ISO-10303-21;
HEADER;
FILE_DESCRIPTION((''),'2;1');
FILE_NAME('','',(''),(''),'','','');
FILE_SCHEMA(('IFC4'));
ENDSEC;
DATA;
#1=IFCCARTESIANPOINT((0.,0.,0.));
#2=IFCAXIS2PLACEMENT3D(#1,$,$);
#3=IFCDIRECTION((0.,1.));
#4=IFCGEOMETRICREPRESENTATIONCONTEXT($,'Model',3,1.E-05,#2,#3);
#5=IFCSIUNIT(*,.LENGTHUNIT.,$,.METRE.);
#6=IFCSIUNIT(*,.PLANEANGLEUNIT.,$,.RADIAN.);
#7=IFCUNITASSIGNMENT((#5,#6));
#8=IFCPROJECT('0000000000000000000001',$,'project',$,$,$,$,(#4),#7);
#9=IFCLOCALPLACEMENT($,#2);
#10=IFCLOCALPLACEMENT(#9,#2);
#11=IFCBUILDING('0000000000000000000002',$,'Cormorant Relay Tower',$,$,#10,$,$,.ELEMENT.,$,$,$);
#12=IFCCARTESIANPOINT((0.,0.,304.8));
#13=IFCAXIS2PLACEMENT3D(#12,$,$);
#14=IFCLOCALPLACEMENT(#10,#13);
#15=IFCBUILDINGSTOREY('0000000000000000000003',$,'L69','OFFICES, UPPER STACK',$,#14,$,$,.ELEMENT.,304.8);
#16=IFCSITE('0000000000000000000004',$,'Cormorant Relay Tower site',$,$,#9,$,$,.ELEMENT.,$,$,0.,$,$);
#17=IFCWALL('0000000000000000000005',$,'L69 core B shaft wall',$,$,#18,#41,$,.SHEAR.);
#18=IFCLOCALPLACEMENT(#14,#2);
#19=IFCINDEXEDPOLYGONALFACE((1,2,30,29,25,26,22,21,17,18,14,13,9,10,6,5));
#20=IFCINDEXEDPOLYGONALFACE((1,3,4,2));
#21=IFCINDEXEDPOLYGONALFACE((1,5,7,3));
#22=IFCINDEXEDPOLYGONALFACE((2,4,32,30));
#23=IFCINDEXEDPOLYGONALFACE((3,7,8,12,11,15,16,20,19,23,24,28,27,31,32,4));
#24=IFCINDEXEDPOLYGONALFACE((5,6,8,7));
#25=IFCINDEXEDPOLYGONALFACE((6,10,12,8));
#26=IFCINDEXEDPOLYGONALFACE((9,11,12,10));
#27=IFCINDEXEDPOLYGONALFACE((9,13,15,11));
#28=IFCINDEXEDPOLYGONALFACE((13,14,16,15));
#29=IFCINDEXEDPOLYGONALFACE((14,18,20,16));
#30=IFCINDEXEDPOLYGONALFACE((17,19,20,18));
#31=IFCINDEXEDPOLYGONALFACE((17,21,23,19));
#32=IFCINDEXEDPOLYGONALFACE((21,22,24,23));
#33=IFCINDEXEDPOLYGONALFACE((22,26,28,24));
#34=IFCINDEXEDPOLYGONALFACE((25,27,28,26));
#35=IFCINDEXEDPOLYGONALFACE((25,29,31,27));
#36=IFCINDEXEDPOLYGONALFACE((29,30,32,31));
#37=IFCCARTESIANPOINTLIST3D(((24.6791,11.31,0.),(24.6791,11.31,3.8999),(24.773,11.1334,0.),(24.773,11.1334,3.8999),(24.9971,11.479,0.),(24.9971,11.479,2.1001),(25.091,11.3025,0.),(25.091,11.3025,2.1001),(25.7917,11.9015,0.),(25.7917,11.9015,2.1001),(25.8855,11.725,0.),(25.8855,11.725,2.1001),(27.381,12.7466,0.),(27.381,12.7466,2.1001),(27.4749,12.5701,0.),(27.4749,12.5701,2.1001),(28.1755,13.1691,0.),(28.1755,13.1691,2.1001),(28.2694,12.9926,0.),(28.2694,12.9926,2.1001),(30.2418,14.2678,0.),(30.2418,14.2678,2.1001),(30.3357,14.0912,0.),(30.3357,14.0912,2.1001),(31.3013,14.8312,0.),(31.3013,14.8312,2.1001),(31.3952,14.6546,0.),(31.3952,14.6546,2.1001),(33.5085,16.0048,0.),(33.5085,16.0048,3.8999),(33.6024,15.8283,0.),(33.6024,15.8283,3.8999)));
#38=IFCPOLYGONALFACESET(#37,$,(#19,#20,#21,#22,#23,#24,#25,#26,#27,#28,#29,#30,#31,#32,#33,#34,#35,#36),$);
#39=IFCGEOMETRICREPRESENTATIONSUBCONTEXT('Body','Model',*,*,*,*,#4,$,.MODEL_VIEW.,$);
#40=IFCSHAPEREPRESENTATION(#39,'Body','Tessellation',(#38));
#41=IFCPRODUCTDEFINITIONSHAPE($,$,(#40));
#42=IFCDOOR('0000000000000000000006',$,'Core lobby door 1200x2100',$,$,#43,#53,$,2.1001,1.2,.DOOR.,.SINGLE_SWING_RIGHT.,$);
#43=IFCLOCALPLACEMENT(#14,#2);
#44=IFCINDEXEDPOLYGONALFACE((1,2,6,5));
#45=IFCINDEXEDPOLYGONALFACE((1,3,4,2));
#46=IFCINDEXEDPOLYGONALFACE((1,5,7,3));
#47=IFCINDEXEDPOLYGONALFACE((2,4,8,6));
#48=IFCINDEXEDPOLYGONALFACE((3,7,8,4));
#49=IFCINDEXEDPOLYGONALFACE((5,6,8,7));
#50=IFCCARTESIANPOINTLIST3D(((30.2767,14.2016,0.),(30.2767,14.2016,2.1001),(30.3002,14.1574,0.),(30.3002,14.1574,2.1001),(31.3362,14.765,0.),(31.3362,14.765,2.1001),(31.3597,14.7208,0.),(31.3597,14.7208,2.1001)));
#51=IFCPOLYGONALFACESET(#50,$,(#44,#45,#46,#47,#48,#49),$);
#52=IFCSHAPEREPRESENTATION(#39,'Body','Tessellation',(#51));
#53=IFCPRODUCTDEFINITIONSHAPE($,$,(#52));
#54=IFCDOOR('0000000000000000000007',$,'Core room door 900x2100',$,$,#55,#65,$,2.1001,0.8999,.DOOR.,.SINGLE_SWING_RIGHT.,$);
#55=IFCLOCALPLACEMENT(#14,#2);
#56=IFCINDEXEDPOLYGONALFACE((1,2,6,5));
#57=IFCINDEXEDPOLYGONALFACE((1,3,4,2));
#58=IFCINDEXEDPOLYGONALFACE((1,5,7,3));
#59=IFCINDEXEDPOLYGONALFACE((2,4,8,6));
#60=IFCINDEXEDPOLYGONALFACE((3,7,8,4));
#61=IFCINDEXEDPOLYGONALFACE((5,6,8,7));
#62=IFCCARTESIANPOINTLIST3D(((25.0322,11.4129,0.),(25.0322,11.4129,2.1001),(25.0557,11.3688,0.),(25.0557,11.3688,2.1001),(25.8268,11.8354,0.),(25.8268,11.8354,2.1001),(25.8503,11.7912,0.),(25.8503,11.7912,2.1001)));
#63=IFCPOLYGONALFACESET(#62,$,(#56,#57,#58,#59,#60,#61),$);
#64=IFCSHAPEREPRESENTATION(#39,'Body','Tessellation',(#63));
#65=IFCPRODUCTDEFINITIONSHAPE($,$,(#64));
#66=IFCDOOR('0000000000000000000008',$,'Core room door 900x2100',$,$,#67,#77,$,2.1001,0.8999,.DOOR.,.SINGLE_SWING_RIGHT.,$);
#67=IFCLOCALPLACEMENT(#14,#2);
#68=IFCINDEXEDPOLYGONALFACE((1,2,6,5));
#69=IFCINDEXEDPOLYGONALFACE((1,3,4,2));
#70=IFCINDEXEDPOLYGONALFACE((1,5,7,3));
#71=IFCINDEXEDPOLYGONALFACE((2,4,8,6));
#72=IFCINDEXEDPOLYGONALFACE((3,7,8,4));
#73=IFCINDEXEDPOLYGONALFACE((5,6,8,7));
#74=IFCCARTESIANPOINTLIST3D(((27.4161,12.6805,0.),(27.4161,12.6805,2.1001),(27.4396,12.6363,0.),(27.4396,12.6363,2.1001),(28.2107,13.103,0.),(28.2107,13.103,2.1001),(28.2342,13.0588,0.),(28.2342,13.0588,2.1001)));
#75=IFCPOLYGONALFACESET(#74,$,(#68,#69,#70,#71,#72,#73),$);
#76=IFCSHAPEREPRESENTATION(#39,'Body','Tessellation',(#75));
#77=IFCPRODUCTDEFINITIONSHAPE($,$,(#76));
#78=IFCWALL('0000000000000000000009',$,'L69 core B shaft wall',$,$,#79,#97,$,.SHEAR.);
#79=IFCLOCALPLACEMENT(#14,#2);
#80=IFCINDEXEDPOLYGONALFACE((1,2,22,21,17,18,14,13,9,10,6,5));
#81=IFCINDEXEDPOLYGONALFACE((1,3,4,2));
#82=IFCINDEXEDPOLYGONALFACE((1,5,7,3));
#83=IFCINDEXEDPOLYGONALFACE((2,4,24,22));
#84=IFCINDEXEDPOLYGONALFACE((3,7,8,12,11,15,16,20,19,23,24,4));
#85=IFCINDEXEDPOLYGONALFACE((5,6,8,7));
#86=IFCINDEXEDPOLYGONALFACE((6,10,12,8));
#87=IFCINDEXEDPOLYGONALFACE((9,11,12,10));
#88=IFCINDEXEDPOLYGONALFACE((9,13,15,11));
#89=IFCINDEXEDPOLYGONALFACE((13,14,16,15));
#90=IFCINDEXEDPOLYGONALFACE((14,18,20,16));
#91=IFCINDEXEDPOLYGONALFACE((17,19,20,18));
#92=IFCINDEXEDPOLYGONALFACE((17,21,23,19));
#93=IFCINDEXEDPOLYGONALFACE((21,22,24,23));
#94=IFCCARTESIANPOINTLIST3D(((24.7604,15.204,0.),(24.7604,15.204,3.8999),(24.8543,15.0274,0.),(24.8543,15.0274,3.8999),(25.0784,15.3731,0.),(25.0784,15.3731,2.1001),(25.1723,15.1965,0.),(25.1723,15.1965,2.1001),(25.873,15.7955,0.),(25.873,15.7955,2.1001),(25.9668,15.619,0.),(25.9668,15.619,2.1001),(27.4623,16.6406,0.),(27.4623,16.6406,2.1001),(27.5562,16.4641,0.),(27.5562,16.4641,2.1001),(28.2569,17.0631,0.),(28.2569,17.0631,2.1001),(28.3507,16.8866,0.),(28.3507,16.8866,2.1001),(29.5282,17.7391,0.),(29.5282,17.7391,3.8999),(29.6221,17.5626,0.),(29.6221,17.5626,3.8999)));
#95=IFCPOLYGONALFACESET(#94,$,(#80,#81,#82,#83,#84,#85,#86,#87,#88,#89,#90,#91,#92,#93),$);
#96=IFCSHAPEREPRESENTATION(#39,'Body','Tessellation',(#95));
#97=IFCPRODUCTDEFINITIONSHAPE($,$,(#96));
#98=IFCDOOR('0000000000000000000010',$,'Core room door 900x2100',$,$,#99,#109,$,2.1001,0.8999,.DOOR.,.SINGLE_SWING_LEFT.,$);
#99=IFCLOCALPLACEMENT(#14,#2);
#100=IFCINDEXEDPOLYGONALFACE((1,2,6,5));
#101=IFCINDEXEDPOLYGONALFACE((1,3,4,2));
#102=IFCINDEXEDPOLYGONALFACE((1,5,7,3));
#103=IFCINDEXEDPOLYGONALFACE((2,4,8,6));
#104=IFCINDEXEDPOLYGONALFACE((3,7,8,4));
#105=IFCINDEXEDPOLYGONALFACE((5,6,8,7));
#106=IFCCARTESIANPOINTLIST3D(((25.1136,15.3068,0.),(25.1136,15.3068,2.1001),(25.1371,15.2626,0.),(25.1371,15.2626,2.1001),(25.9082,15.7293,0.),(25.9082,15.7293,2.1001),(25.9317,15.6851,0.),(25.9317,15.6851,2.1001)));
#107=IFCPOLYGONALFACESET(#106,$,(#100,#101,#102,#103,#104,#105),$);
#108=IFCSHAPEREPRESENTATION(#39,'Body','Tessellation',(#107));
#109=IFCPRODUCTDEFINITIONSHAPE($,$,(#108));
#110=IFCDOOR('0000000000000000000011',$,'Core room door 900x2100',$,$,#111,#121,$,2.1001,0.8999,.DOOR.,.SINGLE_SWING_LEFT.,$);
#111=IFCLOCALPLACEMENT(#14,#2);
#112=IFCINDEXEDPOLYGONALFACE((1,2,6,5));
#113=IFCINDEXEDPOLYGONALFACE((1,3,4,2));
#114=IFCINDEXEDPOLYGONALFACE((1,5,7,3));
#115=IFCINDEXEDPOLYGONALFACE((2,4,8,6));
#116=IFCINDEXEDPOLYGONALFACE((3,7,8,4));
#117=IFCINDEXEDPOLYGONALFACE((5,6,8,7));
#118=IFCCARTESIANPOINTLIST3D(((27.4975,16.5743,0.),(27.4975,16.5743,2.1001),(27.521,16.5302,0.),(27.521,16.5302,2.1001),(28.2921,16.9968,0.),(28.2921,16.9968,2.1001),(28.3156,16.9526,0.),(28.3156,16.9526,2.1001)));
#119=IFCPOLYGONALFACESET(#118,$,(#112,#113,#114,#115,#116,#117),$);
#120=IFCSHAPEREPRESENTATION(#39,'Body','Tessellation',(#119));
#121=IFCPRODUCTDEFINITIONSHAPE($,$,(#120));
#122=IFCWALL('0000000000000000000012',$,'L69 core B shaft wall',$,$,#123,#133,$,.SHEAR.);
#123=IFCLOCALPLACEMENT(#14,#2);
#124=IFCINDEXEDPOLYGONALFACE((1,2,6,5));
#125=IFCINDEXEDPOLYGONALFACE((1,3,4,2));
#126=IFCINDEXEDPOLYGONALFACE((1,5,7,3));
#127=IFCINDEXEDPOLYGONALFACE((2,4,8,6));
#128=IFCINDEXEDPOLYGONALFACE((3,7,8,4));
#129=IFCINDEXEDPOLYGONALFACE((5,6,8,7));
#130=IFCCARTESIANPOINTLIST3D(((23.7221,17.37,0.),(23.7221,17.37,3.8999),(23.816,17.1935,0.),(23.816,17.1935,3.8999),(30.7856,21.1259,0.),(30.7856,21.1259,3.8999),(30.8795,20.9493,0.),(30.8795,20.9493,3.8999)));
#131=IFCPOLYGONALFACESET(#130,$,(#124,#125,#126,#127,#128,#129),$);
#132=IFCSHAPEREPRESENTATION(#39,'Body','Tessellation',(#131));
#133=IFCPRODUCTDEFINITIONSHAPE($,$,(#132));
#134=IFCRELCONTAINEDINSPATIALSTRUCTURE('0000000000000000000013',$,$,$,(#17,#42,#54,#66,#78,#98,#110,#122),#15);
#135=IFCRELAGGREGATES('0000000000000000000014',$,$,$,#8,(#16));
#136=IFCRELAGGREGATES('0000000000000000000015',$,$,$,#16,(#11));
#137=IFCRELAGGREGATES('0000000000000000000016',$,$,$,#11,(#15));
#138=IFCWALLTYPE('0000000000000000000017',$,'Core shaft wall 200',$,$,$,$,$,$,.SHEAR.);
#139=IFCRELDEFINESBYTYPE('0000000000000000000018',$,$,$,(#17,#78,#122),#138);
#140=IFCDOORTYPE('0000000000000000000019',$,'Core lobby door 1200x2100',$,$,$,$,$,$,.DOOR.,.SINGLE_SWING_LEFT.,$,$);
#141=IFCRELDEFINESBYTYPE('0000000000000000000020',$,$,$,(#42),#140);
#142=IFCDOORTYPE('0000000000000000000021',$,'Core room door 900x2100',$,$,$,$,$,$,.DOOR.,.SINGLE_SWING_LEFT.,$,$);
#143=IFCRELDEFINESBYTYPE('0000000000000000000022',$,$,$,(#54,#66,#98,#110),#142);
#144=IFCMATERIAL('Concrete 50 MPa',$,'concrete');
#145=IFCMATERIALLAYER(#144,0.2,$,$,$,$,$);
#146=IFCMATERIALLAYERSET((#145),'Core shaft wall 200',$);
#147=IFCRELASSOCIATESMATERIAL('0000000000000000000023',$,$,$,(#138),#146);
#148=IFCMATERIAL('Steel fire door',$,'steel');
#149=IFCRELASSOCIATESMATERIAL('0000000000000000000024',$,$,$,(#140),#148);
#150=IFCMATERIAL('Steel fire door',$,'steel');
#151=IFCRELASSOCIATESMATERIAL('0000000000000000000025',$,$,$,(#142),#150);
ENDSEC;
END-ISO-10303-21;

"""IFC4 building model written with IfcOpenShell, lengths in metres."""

from ifc_helpers import new_model, si_unit, direction, frame, frame_2d, origin, place, context, subcontext, project, spatial, rectangle, extrude, material, layer, layer_set, type_object, element, fill, save


model = new_model("IFC4")

# Units and contexts
model_context = context("Model", 3, precision=1e-05, world=origin(), true_north=direction((0.0, 1.0)))
body_context = subcontext(model_context, "Body", "Model", "MODEL_VIEW")
ifc_project = project(units=[si_unit("LENGTHUNIT", "METRE"), si_unit("PLANEANGLEUNIT", "RADIAN")], contexts=[model_context])

# Site, building, storey
site_placement = place(None, origin())
site = spatial("IfcSite", under=ifc_project, at=site_placement, Name="Cormorant Relay Tower site", CompositionType="ELEMENT", RefElevation=0.0)
building_placement = place(site_placement, origin())
building = spatial("IfcBuilding", under=site, at=building_placement, Name="Cormorant Relay Tower", CompositionType="ELEMENT")
storey_placement = place(building_placement, frame((0.0, 0.0, 304.8)))
storey = spatial("IfcBuildingStorey", under=building, at=storey_placement, Name="L69", Description="OFFICES, UPPER STACK", CompositionType="ELEMENT", Elevation=304.8)

# Shared definitions
ifc_material_1 = material(Name="Concrete 50 MPa", Category="concrete")
ifc_layer_1 = layer(ifc_material_1, 0.2)
ifc_layer_set_1 = layer_set([ifc_layer_1], Name="Core shaft wall 200")
wall_type_1 = type_object("IfcWallType", Name="Core shaft wall 200", PredefinedType="SHEAR", material=ifc_layer_set_1)

# Walls, openings, doors
wall_1_placement = place(storey_placement, frame((24.7261, 11.2217, 0.0), z_axis=(0.0, 0.0, 1.0), x_axis=(0.88294, 0.469485, 0.0)))
wall_1 = element("IfcWall", 1, at=wall_1_placement, inside=storey, type_object=wall_type_1, Name="L69 core B shaft wall", PredefinedType="SHEAR", context=body_context, shape_type="SweptSolid", body=[
    extrude(rectangle(XDim=10.0, YDim=0.2, at=frame_2d((5.0, 0.0))), origin(), (0.0, 0.0, 1.0), 3.8999),
])
opening_1_placement = place(wall_1_placement, frame((6.3, 0.0, 0.0)))
opening_1 = element("IfcOpeningElement", 2, at=opening_1_placement, cuts=wall_1, PredefinedType="OPENING", context=body_context, shape_type="SweptSolid", body=[
    extrude(rectangle(XDim=1.2, YDim=2.1001, at=frame_2d((0.6001, 1.05))), frame((0.0, 0.1099, 0.0), z_axis=(0.0, -1.0, 0.0), x_axis=(1.0, 0.0, 0.0)), (0.0, 0.0, 1.0), 0.22),
])
opening_2_placement = place(wall_1_placement, frame((0.3601, 0.0, 0.0)))
opening_2 = element("IfcOpeningElement", 3, at=opening_2_placement, cuts=wall_1, PredefinedType="OPENING", context=body_context, shape_type="SweptSolid", body=[
    extrude(rectangle(XDim=0.8999, YDim=2.1001, at=frame_2d((0.45, 1.05))), frame((0.0, 0.1099, 0.0), z_axis=(0.0, -1.0, 0.0), x_axis=(1.0, 0.0, 0.0)), (0.0, 0.0, 1.0), 0.22),
])
opening_3_placement = place(wall_1_placement, frame((3.0601, 0.0, 0.0)))
opening_3 = element("IfcOpeningElement", 4, at=opening_3_placement, cuts=wall_1, PredefinedType="OPENING", context=body_context, shape_type="SweptSolid", body=[
    extrude(rectangle(XDim=0.8999, YDim=2.1001, at=frame_2d((0.45, 1.05))), frame((0.0, 0.1099, 0.0), z_axis=(0.0, -1.0, 0.0), x_axis=(1.0, 0.0, 0.0)), (0.0, 0.0, 1.0), 0.22),
])
ifc_material_2 = material(Name="Steel fire door", Category="steel")
door_type_1 = type_object("IfcDoorType", Name="Core lobby door 1200x2100", OperationType="SINGLE_SWING_LEFT", PredefinedType="DOOR", material=ifc_material_2)
door_1_placement = place(opening_1_placement, frame((1.2, 0.0, 0.0), z_axis=(0.0, 0.0, 1.0), x_axis=(-1.0, 0.0, 0.0)))
door_1 = element("IfcDoor", 5, at=door_1_placement, inside=storey, type_object=door_type_1, Name="Core lobby door 1200x2100", OperationType="SINGLE_SWING_RIGHT", OverallHeight=2.1001, OverallWidth=1.2, PredefinedType="DOOR", context=body_context, shape_type="SweptSolid", body=[
    extrude(rectangle(XDim=1.2, YDim=2.1001, at=frame_2d((0.6001, 1.05))), frame((0.0, 0.0249, 0.0), z_axis=(0.0, -1.0, 0.0), x_axis=(1.0, 0.0, 0.0)), (0.0, 0.0, 1.0), 0.05),
])
fill(opening_1, door_1)
ifc_material_3 = material(Name="Steel fire door", Category="steel")
door_type_2 = type_object("IfcDoorType", Name="Core room door 900x2100", OperationType="SINGLE_SWING_LEFT", PredefinedType="DOOR", material=ifc_material_3)
door_2_placement = place(opening_2_placement, frame((0.8999, 0.0, 0.0), z_axis=(0.0, 0.0, 1.0), x_axis=(-1.0, 0.0, 0.0)))
door_2 = element("IfcDoor", 6, at=door_2_placement, inside=storey, type_object=door_type_2, Name="Core room door 900x2100", OperationType="SINGLE_SWING_RIGHT", OverallHeight=2.1001, OverallWidth=0.8999, PredefinedType="DOOR", context=body_context, shape_type="SweptSolid", body=[
    extrude(rectangle(XDim=0.8999, YDim=2.1001, at=frame_2d((0.45, 1.05))), frame((0.0, 0.0249, 0.0), z_axis=(0.0, -1.0, 0.0), x_axis=(1.0, 0.0, 0.0)), (0.0, 0.0, 1.0), 0.05),
])
fill(opening_2, door_2)
door_3_placement = place(opening_3_placement, frame((0.8999, 0.0, 0.0), z_axis=(0.0, 0.0, 1.0), x_axis=(-1.0, 0.0, 0.0)))
door_3 = element("IfcDoor", 7, at=door_3_placement, inside=storey, type_object=door_type_2, Name="Core room door 900x2100", OperationType="SINGLE_SWING_RIGHT", OverallHeight=2.1001, OverallWidth=0.8999, PredefinedType="DOOR", context=body_context, shape_type="SweptSolid", body=[
    extrude(rectangle(XDim=0.8999, YDim=2.1001, at=frame_2d((0.45, 1.05))), frame((0.0, 0.0249, 0.0), z_axis=(0.0, -1.0, 0.0), x_axis=(1.0, 0.0, 0.0)), (0.0, 0.0, 1.0), 0.05),
])
fill(opening_3, door_3)
wall_2_placement = place(storey_placement, frame((24.8074, 15.1157, 0.0), z_axis=(0.0, 0.0, 1.0), x_axis=(0.882943, 0.46948, 0.0)))
wall_2 = element("IfcWall", 8, at=wall_2_placement, inside=storey, type_object=wall_type_1, Name="L69 core B shaft wall", PredefinedType="SHEAR", context=body_context, shape_type="SweptSolid", body=[
    extrude(rectangle(XDim=5.3999, YDim=0.2, at=frame_2d((2.7, 0.0))), origin(), (0.0, 0.0, 1.0), 3.8999),
])
opening_4_placement = place(wall_2_placement, frame((0.3601, 0.0, 0.0)))
opening_4 = element("IfcOpeningElement", 9, at=opening_4_placement, cuts=wall_2, PredefinedType="OPENING", context=body_context, shape_type="SweptSolid", body=[
    extrude(rectangle(XDim=0.8999, YDim=2.1001, at=frame_2d((0.45, 1.05))), frame((0.0, 0.1099, 0.0), z_axis=(0.0, -1.0, 0.0), x_axis=(1.0, 0.0, 0.0)), (0.0, 0.0, 1.0), 0.22),
])
opening_5_placement = place(wall_2_placement, frame((3.0601, 0.0, 0.0)))
opening_5 = element("IfcOpeningElement", 10, at=opening_5_placement, cuts=wall_2, PredefinedType="OPENING", context=body_context, shape_type="SweptSolid", body=[
    extrude(rectangle(XDim=0.8999, YDim=2.1001, at=frame_2d((0.45, 1.05))), frame((0.0, 0.1099, 0.0), z_axis=(0.0, -1.0, 0.0), x_axis=(1.0, 0.0, 0.0)), (0.0, 0.0, 1.0), 0.22),
])
door_4_placement = place(opening_4_placement, origin())
door_4 = element("IfcDoor", 11, at=door_4_placement, inside=storey, type_object=door_type_2, Name="Core room door 900x2100", OperationType="SINGLE_SWING_LEFT", OverallHeight=2.1001, OverallWidth=0.8999, PredefinedType="DOOR", context=body_context, shape_type="SweptSolid", body=[
    extrude(rectangle(XDim=0.8999, YDim=2.1001, at=frame_2d((0.45, 1.05))), frame((0.0, 0.0249, 0.0), z_axis=(0.0, -1.0, 0.0), x_axis=(1.0, 0.0, 0.0)), (0.0, 0.0, 1.0), 0.05),
])
fill(opening_4, door_4)
door_5_placement = place(opening_5_placement, origin())
door_5 = element("IfcDoor", 12, at=door_5_placement, inside=storey, type_object=door_type_2, Name="Core room door 900x2100", OperationType="SINGLE_SWING_LEFT", OverallHeight=2.1001, OverallWidth=0.8999, PredefinedType="DOOR", context=body_context, shape_type="SweptSolid", body=[
    extrude(rectangle(XDim=0.8999, YDim=2.1001, at=frame_2d((0.45, 1.05))), frame((0.0, 0.0249, 0.0), z_axis=(0.0, -1.0, 0.0), x_axis=(1.0, 0.0, 0.0)), (0.0, 0.0, 1.0), 0.05),
])
fill(opening_5, door_5)

# Wall
wall_3_placement = place(storey_placement, frame((23.769, 17.2817, 0.0), z_axis=(0.0, 0.0, 1.0), x_axis=(0.88294, 0.469485, 0.0)))
element("IfcWall", 13, at=wall_3_placement, inside=storey, type_object=wall_type_1, Name="L69 core B shaft wall", PredefinedType="SHEAR", context=body_context, shape_type="SweptSolid", body=[
    extrude(rectangle(XDim=8.0, YDim=0.2, at=frame_2d((4.0, 0.0))), origin(), (0.0, 0.0, 1.0), 3.8999),
])

save(model, "model.ifc")
